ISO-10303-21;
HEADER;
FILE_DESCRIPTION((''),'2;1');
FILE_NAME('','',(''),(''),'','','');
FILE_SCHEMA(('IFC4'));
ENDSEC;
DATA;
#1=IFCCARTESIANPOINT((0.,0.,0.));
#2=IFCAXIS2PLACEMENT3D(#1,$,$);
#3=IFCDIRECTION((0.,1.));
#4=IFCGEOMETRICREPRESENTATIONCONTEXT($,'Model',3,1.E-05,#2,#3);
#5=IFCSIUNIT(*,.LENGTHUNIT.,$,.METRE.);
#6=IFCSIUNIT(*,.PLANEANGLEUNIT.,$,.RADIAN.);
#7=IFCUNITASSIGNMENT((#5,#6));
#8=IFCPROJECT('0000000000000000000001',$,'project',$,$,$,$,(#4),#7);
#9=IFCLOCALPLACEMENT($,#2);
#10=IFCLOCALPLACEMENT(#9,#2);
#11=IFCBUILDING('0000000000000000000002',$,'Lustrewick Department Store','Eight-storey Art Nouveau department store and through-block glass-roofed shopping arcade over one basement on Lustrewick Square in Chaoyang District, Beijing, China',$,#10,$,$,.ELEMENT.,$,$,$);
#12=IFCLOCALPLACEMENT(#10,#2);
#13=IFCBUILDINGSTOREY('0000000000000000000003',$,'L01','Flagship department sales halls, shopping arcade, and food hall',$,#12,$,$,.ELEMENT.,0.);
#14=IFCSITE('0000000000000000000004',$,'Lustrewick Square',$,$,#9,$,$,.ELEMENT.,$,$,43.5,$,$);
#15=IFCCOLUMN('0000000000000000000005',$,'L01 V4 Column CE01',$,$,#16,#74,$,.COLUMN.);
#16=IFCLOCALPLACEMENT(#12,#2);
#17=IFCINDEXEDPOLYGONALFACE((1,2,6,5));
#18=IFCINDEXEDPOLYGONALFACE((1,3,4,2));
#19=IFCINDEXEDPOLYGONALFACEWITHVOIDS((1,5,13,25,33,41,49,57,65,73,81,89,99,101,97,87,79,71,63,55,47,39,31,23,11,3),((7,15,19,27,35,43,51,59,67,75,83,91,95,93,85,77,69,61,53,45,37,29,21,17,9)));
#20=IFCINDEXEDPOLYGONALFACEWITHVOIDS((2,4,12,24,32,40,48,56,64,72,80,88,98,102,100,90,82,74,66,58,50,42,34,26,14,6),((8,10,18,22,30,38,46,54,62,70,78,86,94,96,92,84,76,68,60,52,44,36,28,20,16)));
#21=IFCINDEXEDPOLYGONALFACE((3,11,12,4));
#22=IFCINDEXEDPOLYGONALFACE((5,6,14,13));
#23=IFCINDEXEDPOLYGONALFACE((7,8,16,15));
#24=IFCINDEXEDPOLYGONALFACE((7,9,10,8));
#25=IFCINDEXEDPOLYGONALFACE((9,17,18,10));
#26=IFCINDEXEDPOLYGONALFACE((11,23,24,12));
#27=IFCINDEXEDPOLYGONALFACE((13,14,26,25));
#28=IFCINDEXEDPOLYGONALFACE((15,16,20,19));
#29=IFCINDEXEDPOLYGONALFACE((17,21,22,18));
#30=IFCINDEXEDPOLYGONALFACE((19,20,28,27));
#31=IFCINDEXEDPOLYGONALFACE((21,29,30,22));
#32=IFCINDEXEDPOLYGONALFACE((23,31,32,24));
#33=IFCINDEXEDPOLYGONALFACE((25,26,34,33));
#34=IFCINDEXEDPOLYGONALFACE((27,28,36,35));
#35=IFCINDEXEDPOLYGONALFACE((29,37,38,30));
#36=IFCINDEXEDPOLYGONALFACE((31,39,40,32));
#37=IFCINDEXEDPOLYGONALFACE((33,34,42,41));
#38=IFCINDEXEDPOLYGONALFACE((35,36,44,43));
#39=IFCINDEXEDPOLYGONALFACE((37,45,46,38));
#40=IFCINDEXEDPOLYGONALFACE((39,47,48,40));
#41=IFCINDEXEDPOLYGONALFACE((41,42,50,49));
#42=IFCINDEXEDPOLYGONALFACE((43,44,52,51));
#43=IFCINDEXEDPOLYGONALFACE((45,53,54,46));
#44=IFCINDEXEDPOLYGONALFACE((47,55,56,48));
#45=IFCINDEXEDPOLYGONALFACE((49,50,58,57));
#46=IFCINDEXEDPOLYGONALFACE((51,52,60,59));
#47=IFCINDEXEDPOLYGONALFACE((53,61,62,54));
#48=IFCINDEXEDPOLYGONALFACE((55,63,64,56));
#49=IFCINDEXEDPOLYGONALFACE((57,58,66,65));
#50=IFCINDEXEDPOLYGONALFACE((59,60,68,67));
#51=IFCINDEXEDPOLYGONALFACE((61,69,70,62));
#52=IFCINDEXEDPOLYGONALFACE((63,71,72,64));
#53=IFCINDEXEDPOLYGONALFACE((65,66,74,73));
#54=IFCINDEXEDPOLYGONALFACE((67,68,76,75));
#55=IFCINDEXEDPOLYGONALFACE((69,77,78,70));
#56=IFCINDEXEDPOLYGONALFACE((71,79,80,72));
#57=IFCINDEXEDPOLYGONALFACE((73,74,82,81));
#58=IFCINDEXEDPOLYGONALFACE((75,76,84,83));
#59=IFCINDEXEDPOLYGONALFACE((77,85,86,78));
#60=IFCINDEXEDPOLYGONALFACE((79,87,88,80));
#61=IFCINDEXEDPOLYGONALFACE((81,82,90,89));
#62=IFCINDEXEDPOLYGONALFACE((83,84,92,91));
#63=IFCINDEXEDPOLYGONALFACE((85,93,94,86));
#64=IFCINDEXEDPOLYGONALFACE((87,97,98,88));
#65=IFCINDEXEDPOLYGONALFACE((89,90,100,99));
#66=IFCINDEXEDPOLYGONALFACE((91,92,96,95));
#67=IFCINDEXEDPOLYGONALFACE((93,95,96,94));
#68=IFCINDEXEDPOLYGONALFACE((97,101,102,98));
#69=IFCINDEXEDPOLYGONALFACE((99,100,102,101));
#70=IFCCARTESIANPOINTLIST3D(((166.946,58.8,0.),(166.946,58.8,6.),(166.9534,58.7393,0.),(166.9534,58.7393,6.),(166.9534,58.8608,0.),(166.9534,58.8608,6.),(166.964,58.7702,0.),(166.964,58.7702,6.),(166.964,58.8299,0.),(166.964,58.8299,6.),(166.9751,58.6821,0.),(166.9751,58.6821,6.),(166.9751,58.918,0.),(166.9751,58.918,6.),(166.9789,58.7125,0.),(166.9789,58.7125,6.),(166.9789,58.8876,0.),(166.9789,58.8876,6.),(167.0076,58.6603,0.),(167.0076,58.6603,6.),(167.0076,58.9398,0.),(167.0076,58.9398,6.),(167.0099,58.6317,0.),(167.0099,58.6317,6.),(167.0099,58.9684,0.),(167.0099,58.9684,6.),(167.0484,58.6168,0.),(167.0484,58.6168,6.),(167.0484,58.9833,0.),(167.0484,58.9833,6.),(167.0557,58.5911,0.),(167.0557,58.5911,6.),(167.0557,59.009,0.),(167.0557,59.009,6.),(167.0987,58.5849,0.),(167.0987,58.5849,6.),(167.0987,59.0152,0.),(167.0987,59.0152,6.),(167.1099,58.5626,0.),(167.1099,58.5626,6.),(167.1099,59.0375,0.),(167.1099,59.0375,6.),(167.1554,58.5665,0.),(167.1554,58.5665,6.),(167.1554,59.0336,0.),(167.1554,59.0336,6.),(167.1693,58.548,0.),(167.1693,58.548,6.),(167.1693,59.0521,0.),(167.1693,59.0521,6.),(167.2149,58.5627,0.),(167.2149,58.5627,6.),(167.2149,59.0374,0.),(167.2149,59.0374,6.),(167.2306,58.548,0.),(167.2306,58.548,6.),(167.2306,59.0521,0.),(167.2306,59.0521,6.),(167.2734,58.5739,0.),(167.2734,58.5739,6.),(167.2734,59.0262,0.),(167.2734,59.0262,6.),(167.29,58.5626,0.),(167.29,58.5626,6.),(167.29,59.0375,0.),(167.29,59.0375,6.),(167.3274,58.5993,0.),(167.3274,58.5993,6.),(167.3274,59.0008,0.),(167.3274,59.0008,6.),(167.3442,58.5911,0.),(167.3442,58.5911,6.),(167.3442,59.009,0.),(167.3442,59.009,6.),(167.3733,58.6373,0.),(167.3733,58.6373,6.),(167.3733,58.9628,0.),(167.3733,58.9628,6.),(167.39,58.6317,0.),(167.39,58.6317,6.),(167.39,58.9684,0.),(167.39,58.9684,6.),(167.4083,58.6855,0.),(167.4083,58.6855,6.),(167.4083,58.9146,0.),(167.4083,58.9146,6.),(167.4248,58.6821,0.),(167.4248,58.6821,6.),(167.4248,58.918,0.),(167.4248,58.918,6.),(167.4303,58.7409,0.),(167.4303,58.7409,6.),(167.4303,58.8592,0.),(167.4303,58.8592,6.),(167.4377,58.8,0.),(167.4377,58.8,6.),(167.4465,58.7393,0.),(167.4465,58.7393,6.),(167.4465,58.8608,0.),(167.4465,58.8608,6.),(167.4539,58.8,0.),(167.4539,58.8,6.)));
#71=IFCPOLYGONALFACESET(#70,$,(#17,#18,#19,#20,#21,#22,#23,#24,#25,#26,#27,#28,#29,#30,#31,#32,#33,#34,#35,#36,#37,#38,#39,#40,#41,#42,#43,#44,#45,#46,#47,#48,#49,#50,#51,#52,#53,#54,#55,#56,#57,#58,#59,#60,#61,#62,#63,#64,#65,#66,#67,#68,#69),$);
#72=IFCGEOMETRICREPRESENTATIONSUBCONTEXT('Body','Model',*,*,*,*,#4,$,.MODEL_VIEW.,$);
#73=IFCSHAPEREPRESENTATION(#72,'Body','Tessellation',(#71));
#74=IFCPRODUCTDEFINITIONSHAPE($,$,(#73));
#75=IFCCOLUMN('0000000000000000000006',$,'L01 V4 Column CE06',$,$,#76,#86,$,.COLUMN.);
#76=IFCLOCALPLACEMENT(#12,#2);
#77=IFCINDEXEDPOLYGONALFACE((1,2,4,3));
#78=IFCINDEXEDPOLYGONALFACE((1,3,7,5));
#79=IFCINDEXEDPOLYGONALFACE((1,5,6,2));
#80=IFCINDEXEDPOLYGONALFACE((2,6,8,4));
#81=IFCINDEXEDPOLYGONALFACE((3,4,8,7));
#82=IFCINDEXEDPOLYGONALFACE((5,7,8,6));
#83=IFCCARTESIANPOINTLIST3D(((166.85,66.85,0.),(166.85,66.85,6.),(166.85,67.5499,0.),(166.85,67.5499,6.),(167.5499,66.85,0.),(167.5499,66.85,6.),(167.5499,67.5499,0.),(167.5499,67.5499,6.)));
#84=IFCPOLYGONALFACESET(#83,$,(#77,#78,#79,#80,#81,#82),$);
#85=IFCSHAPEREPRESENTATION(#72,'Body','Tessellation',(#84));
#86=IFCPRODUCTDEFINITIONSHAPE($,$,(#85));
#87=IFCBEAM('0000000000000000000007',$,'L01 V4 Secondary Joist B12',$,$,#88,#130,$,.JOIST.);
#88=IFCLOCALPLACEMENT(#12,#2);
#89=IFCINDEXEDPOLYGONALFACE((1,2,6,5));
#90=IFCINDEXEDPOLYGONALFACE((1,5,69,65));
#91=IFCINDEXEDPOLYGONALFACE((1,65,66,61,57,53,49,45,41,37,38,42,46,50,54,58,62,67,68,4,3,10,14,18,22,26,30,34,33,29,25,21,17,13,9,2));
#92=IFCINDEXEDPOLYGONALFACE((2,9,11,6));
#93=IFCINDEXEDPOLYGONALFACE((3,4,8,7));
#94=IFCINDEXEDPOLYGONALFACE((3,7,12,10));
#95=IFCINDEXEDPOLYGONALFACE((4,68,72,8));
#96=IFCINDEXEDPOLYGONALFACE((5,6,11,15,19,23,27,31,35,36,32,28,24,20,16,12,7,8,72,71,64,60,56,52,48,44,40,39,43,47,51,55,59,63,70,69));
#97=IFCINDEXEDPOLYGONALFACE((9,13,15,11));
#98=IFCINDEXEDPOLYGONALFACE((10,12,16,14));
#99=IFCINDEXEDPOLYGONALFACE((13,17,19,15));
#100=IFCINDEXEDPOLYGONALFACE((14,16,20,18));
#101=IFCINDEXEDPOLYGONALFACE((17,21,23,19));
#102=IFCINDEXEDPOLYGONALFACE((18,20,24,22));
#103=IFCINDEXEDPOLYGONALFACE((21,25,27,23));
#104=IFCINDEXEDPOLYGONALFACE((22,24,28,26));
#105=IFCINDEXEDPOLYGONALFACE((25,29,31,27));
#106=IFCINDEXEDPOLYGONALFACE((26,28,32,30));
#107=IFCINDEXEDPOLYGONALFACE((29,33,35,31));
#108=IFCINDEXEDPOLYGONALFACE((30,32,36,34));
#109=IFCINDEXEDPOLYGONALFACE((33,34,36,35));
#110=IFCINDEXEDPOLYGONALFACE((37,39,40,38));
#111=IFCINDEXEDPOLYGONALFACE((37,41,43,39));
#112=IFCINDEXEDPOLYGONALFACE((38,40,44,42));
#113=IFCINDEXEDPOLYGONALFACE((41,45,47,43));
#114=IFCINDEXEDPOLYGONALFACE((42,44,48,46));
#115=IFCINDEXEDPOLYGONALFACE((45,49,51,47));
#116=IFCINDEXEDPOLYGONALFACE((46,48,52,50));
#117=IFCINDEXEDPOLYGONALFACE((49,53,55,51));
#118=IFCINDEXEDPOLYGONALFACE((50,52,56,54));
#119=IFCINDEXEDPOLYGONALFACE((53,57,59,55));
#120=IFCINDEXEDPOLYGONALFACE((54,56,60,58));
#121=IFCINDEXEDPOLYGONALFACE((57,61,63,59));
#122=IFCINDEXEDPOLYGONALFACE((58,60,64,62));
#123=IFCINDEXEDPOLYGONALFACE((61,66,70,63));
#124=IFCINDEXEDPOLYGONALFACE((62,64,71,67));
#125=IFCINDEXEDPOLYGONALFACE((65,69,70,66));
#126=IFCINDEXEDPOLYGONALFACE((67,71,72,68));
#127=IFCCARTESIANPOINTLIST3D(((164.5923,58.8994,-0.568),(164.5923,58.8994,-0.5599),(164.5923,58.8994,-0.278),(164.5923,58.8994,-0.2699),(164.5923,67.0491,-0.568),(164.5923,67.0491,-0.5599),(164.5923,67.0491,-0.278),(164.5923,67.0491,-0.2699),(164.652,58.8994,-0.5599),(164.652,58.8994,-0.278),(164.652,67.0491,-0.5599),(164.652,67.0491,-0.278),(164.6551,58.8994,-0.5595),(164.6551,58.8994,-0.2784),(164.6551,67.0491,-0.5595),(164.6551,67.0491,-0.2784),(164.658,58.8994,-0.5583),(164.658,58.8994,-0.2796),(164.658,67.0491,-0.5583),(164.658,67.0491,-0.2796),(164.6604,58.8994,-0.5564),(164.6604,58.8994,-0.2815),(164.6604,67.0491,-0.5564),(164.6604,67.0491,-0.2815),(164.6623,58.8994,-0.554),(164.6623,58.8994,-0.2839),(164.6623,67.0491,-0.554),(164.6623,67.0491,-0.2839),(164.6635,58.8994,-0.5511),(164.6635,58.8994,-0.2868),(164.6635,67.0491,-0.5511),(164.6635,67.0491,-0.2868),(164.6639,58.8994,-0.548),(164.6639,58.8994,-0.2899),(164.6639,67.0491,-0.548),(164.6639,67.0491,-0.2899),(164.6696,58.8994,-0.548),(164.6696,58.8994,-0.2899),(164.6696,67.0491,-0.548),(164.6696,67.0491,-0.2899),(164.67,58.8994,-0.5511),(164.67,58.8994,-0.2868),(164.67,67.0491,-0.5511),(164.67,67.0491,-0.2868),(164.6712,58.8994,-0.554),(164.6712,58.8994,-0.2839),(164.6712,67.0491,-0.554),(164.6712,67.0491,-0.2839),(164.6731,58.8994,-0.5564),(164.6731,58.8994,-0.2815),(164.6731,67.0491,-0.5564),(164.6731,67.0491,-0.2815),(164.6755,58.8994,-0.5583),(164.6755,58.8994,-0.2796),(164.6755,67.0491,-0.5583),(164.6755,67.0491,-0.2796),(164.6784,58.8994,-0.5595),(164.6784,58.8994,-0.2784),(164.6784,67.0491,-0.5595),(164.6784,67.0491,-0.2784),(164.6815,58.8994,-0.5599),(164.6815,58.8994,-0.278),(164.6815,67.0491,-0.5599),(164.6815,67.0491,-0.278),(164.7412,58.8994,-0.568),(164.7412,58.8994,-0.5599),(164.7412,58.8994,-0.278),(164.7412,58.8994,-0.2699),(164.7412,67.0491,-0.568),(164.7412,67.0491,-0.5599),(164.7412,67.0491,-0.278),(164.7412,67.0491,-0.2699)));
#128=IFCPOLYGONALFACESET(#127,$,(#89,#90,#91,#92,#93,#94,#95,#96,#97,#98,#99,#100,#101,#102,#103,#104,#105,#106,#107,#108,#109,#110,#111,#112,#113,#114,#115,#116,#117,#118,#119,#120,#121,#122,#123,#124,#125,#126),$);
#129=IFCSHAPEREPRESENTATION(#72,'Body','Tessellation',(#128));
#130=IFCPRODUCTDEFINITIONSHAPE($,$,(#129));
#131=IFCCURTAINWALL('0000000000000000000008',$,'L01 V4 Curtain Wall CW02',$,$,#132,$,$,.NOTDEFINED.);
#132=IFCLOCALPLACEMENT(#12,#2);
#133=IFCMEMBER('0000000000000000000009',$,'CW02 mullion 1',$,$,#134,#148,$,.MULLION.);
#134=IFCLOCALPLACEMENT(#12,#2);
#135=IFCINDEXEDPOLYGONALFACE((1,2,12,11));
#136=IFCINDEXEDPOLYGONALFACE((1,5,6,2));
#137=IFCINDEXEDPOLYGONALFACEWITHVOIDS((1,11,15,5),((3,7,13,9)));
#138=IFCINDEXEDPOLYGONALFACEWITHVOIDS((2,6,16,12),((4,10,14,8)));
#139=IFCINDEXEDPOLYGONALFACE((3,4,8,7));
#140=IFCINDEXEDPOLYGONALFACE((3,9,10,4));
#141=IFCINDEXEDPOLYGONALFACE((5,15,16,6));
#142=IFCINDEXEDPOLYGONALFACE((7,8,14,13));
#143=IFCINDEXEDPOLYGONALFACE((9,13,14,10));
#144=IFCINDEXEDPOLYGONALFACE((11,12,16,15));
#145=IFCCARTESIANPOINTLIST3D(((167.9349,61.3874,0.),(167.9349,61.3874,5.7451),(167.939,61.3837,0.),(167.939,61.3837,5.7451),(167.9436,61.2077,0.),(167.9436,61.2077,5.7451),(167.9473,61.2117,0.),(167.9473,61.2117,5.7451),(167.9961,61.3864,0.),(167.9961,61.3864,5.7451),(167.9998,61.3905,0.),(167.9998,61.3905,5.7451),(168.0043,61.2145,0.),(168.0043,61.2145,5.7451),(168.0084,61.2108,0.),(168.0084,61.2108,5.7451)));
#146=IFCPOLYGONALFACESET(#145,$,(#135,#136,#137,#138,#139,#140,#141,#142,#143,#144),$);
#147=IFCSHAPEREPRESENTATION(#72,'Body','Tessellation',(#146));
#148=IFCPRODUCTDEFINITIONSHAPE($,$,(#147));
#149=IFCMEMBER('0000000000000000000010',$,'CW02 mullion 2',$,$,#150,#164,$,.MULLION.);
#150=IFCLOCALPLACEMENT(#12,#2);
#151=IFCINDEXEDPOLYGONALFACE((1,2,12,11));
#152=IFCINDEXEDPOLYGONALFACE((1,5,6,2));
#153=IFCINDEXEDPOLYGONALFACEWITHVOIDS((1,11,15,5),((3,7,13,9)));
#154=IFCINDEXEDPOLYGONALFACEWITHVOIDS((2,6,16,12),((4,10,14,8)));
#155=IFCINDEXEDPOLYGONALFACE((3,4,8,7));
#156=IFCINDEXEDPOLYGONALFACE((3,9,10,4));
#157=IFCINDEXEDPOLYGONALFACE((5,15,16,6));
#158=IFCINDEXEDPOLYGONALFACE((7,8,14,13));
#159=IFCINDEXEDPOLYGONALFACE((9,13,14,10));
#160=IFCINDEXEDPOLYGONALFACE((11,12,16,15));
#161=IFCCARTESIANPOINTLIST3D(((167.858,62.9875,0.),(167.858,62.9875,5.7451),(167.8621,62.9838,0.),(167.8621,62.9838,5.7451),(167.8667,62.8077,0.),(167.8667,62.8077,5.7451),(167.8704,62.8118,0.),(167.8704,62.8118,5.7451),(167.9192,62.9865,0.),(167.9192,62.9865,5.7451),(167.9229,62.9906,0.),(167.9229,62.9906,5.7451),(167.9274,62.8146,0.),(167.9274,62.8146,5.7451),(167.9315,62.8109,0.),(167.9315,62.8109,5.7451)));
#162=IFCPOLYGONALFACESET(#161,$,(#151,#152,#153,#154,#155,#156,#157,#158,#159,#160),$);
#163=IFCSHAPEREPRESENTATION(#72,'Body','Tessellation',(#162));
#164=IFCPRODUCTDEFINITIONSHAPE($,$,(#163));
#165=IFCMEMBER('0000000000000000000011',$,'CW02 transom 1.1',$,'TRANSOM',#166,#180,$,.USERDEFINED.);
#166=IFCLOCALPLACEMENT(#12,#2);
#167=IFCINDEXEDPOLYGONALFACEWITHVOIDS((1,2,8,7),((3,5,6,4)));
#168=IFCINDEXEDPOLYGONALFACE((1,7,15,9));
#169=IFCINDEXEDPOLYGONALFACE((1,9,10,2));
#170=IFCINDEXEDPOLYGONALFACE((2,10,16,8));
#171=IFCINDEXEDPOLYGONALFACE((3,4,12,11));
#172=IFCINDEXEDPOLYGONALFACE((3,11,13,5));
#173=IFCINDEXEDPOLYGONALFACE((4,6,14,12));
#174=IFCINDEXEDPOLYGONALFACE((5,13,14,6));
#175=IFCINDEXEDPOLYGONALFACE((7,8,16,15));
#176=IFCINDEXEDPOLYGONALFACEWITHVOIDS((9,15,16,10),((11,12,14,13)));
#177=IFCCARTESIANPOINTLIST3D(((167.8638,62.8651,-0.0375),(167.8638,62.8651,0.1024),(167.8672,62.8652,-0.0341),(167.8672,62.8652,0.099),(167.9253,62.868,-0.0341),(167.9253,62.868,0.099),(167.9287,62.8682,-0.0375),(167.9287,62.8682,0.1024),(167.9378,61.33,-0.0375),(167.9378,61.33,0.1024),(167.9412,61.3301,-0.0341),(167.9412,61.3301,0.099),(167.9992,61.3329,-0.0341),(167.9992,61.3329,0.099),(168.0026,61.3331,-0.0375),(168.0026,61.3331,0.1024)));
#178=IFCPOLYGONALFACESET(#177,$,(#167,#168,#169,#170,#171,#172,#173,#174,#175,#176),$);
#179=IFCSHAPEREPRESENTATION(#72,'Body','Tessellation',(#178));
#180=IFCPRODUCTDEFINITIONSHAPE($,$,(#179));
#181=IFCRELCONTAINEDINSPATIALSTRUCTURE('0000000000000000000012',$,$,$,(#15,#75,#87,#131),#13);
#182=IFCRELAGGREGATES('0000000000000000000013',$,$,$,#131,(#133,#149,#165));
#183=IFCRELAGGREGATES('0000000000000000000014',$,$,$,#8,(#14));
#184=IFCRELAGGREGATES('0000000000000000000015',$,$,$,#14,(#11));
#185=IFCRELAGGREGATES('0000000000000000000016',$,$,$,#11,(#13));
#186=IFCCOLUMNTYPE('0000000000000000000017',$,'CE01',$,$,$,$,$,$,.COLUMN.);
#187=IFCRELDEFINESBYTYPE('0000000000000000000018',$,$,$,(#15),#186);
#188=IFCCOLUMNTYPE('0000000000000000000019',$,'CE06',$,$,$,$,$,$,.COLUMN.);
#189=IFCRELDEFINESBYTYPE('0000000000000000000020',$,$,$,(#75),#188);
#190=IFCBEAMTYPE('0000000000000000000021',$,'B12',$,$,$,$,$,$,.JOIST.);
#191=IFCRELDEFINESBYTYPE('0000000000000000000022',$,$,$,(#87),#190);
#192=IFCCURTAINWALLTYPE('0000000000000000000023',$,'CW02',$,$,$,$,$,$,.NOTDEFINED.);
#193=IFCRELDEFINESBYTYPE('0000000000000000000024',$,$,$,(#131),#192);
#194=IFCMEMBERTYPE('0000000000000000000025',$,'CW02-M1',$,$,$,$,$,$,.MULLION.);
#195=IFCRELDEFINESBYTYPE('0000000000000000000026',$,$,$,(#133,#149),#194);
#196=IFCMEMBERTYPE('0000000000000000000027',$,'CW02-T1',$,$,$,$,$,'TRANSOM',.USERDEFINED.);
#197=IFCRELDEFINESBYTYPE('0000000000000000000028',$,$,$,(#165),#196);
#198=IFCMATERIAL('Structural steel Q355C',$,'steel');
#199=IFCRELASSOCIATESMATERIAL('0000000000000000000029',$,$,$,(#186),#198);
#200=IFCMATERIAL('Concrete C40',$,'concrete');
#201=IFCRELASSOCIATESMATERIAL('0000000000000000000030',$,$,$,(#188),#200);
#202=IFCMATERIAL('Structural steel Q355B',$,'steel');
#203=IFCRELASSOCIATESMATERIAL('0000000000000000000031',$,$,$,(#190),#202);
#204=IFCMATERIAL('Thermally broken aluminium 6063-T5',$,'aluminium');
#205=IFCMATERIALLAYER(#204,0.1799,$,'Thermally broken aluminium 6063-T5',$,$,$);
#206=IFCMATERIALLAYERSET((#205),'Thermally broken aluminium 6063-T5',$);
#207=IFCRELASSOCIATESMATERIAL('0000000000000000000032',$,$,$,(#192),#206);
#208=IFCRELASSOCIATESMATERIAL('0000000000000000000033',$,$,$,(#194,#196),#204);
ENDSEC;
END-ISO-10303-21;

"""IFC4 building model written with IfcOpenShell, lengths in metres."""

from ifc_helpers import new_model, si_unit, direction, frame, origin, origin_2d, place, context, subcontext, project, spatial, rectangle, hollow_rectangle, hollow_circle, i_section, extrude, material, layer, layer_set, material_profile, profile_set, type_object, element, aggregate, save


model = new_model("IFC4")

# Units and contexts
model_context = context("Model", 3, precision=1e-05, world=origin(), true_north=direction((0.0, 1.0)))
body_context = subcontext(model_context, "Body", "Model", "MODEL_VIEW")
ifc_project = project(units=[si_unit("LENGTHUNIT", "METRE"), si_unit("PLANEANGLEUNIT", "RADIAN")], contexts=[model_context])

# Site, building, storey
site_placement = place(None, origin())
site = spatial("IfcSite", under=ifc_project, at=site_placement, Name="Lustrewick Square", CompositionType="ELEMENT", RefElevation=43.5)
building_placement = place(site_placement, origin())
building = spatial("IfcBuilding", under=site, at=building_placement, Name="Lustrewick Department Store", Description="Eight-storey Art Nouveau department store and through-block glass-roofed shopping arcade over one basement on Lustrewick Square in Chaoyang District, Beijing, China", CompositionType="ELEMENT")
storey_placement = place(building_placement, origin())
storey = spatial("IfcBuildingStorey", under=building, at=storey_placement, Name="L01", Description="Flagship department sales halls, shopping arcade, and food hall", CompositionType="ELEMENT", Elevation=0.0)

# Columns
ifc_material_1 = material(Name="Structural steel Q355C", Category="steel")
ifc_material_profile_1 = material_profile(ifc_material_1, hollow_circle(Radius=0.2539, WallThickness=0.0161, at=origin_2d()), Name="CHS 508x16")
ifc_profile_set_1 = profile_set([ifc_material_profile_1], Name="Structural steel Q355C")
column_type_1 = type_object("IfcColumnType", Name="CE01", PredefinedType="COLUMN", material=ifc_profile_set_1)
column_1_placement = place(storey_placement, frame((167.2, 58.8, 0.0), z_axis=(0.0, 0.0, 1.0), x_axis=(1.0, 0.0, 0.0)))
element("IfcColumn", 1, at=column_1_placement, inside=storey, type_object=column_type_1, Name="L01 V4 Column CE01", PredefinedType="COLUMN", context=body_context, shape_type="SweptSolid", body=[
    extrude(hollow_circle(Radius=0.2539, WallThickness=0.0161, at=origin_2d()), origin(), (0.0, 0.0, 1.0), 6.0),
])
ifc_material_2 = material(Name="Concrete C40", Category="concrete")
ifc_material_profile_2 = material_profile(ifc_material_2, rectangle(XDim=0.7, YDim=0.7, at=origin_2d()), Name="RC 700x700")
ifc_profile_set_2 = profile_set([ifc_material_profile_2], Name="Concrete C40")
column_type_2 = type_object("IfcColumnType", Name="CE06", PredefinedType="COLUMN", material=ifc_profile_set_2)
column_2_placement = place(storey_placement, frame((167.2, 67.2, 0.0), z_axis=(0.0, 0.0, 1.0), x_axis=(1.0, 0.0, 0.0)))
element("IfcColumn", 2, at=column_2_placement, inside=storey, type_object=column_type_2, Name="L01 V4 Column CE06", PredefinedType="COLUMN", context=body_context, shape_type="SweptSolid", body=[
    extrude(rectangle(XDim=0.7, YDim=0.7, at=origin_2d()), origin(), (0.0, 0.0, 1.0), 6.0),
])

# Beam
ifc_material_3 = material(Name="Structural steel Q355B", Category="steel")
ifc_material_profile_3 = material_profile(ifc_material_3, i_section(OverallWidth=0.1489, OverallDepth=0.2981, WebThickness=0.0056, FlangeThickness=0.0081, FilletRadius=0.012, at=origin_2d()), Name="HN 298x149x5.5x8")
ifc_profile_set_3 = profile_set([ifc_material_profile_3], Name="Structural steel Q355B")
beam_type_1 = type_object("IfcBeamType", Name="B12", PredefinedType="JOIST", material=ifc_profile_set_3)
beam_1_placement = place(storey_placement, frame((164.6667, 58.8994, -0.4189), z_axis=(0.0, 1.0, 0.0), x_axis=(-1.0, 0.0, 0.0)))
element("IfcBeam", 3, at=beam_1_placement, inside=storey, type_object=beam_type_1, Name="L01 V4 Secondary Joist B12", PredefinedType="JOIST", context=body_context, shape_type="SweptSolid", body=[
    extrude(i_section(OverallWidth=0.1489, OverallDepth=0.2981, WebThickness=0.0056, FlangeThickness=0.0081, FilletRadius=0.012, at=origin_2d()), origin(), (0.0, 0.0, 1.0), 8.1497),
])

# Curtain wall, members
ifc_material_4 = material(Name="Thermally broken aluminium 6063-T5", Category="aluminium")
ifc_layer_1 = layer(ifc_material_4, 0.1799, Name="Thermally broken aluminium 6063-T5")
ifc_layer_set_1 = layer_set([ifc_layer_1], Name="Thermally broken aluminium 6063-T5")
curtain_wall_type_1 = type_object("IfcCurtainWallType", Name="CW02", PredefinedType="NOTDEFINED", material=ifc_layer_set_1)
curtain_wall_1_placement = place(storey_placement, origin())
curtain_wall_1 = element("IfcCurtainWall", 4, at=curtain_wall_1_placement, inside=storey, type_object=curtain_wall_type_1, Name="L01 V4 Curtain Wall CW02", PredefinedType="NOTDEFINED")
ifc_material_profile_4 = material_profile(ifc_material_4, hollow_rectangle(XDim=0.0649, YDim=0.1799, WallThickness=0.0039, at=origin_2d()), Name="ALU-M 65x180x4")
ifc_profile_set_4 = profile_set([ifc_material_profile_4], Name="Thermally broken aluminium 6063-T5")
member_type_1 = type_object("IfcMemberType", Name="CW02-M1", PredefinedType="MULLION", material=ifc_profile_set_4)
member_1_placement = place(storey_placement, frame((167.9717, 61.2991, 0.0), z_axis=(0.0, 0.0, 1.0), x_axis=(-0.998845, -0.048053, 0.0)))
member_1 = element("IfcMember", 5, at=member_1_placement, type_object=member_type_1, Name="CW02 mullion 1", PredefinedType="MULLION", context=body_context, shape_type="SweptSolid", body=[
    extrude(hollow_rectangle(XDim=0.0649, YDim=0.1799, WallThickness=0.0039, at=origin_2d()), origin(), (0.0, 0.0, 1.0), 5.7451),
])
member_2_placement = place(storey_placement, frame((167.8948, 62.8992, 0.0), z_axis=(0.0, 0.0, 1.0), x_axis=(-0.998845, -0.048053, 0.0)))
member_2 = element("IfcMember", 6, at=member_2_placement, type_object=member_type_1, Name="CW02 mullion 2", PredefinedType="MULLION", context=body_context, shape_type="SweptSolid", body=[
    extrude(hollow_rectangle(XDim=0.0649, YDim=0.1799, WallThickness=0.0039, at=origin_2d()), origin(), (0.0, 0.0, 1.0), 5.7451),
])
ifc_material_profile_5 = material_profile(ifc_material_4, hollow_rectangle(XDim=0.0649, YDim=0.1399, WallThickness=0.0034, at=origin_2d()), Name="ALU-T 65x140x3.5")
ifc_profile_set_5 = profile_set([ifc_material_profile_5], Name="Thermally broken aluminium 6063-T5")
member_type_2 = type_object("IfcMemberType", Name="CW02-T1", ElementType="TRANSOM", PredefinedType="USERDEFINED", material=ifc_profile_set_5)
member_3_placement = place(storey_placement, frame((167.9702, 61.3315, 0.0325), z_axis=(-0.048131, 0.998841, 0.0), x_axis=(-0.998841, -0.048131, 0.0)))
member_3 = element("IfcMember", 7, at=member_3_placement, type_object=member_type_2, Name="CW02 transom 1.1", ObjectType="TRANSOM", PredefinedType="USERDEFINED", context=body_context, shape_type="SweptSolid", body=[
    extrude(hollow_rectangle(XDim=0.0649, YDim=0.1399, WallThickness=0.0034, at=origin_2d()), origin(), (0.0, 0.0, 1.0), 1.5369),
])

aggregate(curtain_wall_1, [member_1, member_2, member_3])

save(model, "model.ifc")
